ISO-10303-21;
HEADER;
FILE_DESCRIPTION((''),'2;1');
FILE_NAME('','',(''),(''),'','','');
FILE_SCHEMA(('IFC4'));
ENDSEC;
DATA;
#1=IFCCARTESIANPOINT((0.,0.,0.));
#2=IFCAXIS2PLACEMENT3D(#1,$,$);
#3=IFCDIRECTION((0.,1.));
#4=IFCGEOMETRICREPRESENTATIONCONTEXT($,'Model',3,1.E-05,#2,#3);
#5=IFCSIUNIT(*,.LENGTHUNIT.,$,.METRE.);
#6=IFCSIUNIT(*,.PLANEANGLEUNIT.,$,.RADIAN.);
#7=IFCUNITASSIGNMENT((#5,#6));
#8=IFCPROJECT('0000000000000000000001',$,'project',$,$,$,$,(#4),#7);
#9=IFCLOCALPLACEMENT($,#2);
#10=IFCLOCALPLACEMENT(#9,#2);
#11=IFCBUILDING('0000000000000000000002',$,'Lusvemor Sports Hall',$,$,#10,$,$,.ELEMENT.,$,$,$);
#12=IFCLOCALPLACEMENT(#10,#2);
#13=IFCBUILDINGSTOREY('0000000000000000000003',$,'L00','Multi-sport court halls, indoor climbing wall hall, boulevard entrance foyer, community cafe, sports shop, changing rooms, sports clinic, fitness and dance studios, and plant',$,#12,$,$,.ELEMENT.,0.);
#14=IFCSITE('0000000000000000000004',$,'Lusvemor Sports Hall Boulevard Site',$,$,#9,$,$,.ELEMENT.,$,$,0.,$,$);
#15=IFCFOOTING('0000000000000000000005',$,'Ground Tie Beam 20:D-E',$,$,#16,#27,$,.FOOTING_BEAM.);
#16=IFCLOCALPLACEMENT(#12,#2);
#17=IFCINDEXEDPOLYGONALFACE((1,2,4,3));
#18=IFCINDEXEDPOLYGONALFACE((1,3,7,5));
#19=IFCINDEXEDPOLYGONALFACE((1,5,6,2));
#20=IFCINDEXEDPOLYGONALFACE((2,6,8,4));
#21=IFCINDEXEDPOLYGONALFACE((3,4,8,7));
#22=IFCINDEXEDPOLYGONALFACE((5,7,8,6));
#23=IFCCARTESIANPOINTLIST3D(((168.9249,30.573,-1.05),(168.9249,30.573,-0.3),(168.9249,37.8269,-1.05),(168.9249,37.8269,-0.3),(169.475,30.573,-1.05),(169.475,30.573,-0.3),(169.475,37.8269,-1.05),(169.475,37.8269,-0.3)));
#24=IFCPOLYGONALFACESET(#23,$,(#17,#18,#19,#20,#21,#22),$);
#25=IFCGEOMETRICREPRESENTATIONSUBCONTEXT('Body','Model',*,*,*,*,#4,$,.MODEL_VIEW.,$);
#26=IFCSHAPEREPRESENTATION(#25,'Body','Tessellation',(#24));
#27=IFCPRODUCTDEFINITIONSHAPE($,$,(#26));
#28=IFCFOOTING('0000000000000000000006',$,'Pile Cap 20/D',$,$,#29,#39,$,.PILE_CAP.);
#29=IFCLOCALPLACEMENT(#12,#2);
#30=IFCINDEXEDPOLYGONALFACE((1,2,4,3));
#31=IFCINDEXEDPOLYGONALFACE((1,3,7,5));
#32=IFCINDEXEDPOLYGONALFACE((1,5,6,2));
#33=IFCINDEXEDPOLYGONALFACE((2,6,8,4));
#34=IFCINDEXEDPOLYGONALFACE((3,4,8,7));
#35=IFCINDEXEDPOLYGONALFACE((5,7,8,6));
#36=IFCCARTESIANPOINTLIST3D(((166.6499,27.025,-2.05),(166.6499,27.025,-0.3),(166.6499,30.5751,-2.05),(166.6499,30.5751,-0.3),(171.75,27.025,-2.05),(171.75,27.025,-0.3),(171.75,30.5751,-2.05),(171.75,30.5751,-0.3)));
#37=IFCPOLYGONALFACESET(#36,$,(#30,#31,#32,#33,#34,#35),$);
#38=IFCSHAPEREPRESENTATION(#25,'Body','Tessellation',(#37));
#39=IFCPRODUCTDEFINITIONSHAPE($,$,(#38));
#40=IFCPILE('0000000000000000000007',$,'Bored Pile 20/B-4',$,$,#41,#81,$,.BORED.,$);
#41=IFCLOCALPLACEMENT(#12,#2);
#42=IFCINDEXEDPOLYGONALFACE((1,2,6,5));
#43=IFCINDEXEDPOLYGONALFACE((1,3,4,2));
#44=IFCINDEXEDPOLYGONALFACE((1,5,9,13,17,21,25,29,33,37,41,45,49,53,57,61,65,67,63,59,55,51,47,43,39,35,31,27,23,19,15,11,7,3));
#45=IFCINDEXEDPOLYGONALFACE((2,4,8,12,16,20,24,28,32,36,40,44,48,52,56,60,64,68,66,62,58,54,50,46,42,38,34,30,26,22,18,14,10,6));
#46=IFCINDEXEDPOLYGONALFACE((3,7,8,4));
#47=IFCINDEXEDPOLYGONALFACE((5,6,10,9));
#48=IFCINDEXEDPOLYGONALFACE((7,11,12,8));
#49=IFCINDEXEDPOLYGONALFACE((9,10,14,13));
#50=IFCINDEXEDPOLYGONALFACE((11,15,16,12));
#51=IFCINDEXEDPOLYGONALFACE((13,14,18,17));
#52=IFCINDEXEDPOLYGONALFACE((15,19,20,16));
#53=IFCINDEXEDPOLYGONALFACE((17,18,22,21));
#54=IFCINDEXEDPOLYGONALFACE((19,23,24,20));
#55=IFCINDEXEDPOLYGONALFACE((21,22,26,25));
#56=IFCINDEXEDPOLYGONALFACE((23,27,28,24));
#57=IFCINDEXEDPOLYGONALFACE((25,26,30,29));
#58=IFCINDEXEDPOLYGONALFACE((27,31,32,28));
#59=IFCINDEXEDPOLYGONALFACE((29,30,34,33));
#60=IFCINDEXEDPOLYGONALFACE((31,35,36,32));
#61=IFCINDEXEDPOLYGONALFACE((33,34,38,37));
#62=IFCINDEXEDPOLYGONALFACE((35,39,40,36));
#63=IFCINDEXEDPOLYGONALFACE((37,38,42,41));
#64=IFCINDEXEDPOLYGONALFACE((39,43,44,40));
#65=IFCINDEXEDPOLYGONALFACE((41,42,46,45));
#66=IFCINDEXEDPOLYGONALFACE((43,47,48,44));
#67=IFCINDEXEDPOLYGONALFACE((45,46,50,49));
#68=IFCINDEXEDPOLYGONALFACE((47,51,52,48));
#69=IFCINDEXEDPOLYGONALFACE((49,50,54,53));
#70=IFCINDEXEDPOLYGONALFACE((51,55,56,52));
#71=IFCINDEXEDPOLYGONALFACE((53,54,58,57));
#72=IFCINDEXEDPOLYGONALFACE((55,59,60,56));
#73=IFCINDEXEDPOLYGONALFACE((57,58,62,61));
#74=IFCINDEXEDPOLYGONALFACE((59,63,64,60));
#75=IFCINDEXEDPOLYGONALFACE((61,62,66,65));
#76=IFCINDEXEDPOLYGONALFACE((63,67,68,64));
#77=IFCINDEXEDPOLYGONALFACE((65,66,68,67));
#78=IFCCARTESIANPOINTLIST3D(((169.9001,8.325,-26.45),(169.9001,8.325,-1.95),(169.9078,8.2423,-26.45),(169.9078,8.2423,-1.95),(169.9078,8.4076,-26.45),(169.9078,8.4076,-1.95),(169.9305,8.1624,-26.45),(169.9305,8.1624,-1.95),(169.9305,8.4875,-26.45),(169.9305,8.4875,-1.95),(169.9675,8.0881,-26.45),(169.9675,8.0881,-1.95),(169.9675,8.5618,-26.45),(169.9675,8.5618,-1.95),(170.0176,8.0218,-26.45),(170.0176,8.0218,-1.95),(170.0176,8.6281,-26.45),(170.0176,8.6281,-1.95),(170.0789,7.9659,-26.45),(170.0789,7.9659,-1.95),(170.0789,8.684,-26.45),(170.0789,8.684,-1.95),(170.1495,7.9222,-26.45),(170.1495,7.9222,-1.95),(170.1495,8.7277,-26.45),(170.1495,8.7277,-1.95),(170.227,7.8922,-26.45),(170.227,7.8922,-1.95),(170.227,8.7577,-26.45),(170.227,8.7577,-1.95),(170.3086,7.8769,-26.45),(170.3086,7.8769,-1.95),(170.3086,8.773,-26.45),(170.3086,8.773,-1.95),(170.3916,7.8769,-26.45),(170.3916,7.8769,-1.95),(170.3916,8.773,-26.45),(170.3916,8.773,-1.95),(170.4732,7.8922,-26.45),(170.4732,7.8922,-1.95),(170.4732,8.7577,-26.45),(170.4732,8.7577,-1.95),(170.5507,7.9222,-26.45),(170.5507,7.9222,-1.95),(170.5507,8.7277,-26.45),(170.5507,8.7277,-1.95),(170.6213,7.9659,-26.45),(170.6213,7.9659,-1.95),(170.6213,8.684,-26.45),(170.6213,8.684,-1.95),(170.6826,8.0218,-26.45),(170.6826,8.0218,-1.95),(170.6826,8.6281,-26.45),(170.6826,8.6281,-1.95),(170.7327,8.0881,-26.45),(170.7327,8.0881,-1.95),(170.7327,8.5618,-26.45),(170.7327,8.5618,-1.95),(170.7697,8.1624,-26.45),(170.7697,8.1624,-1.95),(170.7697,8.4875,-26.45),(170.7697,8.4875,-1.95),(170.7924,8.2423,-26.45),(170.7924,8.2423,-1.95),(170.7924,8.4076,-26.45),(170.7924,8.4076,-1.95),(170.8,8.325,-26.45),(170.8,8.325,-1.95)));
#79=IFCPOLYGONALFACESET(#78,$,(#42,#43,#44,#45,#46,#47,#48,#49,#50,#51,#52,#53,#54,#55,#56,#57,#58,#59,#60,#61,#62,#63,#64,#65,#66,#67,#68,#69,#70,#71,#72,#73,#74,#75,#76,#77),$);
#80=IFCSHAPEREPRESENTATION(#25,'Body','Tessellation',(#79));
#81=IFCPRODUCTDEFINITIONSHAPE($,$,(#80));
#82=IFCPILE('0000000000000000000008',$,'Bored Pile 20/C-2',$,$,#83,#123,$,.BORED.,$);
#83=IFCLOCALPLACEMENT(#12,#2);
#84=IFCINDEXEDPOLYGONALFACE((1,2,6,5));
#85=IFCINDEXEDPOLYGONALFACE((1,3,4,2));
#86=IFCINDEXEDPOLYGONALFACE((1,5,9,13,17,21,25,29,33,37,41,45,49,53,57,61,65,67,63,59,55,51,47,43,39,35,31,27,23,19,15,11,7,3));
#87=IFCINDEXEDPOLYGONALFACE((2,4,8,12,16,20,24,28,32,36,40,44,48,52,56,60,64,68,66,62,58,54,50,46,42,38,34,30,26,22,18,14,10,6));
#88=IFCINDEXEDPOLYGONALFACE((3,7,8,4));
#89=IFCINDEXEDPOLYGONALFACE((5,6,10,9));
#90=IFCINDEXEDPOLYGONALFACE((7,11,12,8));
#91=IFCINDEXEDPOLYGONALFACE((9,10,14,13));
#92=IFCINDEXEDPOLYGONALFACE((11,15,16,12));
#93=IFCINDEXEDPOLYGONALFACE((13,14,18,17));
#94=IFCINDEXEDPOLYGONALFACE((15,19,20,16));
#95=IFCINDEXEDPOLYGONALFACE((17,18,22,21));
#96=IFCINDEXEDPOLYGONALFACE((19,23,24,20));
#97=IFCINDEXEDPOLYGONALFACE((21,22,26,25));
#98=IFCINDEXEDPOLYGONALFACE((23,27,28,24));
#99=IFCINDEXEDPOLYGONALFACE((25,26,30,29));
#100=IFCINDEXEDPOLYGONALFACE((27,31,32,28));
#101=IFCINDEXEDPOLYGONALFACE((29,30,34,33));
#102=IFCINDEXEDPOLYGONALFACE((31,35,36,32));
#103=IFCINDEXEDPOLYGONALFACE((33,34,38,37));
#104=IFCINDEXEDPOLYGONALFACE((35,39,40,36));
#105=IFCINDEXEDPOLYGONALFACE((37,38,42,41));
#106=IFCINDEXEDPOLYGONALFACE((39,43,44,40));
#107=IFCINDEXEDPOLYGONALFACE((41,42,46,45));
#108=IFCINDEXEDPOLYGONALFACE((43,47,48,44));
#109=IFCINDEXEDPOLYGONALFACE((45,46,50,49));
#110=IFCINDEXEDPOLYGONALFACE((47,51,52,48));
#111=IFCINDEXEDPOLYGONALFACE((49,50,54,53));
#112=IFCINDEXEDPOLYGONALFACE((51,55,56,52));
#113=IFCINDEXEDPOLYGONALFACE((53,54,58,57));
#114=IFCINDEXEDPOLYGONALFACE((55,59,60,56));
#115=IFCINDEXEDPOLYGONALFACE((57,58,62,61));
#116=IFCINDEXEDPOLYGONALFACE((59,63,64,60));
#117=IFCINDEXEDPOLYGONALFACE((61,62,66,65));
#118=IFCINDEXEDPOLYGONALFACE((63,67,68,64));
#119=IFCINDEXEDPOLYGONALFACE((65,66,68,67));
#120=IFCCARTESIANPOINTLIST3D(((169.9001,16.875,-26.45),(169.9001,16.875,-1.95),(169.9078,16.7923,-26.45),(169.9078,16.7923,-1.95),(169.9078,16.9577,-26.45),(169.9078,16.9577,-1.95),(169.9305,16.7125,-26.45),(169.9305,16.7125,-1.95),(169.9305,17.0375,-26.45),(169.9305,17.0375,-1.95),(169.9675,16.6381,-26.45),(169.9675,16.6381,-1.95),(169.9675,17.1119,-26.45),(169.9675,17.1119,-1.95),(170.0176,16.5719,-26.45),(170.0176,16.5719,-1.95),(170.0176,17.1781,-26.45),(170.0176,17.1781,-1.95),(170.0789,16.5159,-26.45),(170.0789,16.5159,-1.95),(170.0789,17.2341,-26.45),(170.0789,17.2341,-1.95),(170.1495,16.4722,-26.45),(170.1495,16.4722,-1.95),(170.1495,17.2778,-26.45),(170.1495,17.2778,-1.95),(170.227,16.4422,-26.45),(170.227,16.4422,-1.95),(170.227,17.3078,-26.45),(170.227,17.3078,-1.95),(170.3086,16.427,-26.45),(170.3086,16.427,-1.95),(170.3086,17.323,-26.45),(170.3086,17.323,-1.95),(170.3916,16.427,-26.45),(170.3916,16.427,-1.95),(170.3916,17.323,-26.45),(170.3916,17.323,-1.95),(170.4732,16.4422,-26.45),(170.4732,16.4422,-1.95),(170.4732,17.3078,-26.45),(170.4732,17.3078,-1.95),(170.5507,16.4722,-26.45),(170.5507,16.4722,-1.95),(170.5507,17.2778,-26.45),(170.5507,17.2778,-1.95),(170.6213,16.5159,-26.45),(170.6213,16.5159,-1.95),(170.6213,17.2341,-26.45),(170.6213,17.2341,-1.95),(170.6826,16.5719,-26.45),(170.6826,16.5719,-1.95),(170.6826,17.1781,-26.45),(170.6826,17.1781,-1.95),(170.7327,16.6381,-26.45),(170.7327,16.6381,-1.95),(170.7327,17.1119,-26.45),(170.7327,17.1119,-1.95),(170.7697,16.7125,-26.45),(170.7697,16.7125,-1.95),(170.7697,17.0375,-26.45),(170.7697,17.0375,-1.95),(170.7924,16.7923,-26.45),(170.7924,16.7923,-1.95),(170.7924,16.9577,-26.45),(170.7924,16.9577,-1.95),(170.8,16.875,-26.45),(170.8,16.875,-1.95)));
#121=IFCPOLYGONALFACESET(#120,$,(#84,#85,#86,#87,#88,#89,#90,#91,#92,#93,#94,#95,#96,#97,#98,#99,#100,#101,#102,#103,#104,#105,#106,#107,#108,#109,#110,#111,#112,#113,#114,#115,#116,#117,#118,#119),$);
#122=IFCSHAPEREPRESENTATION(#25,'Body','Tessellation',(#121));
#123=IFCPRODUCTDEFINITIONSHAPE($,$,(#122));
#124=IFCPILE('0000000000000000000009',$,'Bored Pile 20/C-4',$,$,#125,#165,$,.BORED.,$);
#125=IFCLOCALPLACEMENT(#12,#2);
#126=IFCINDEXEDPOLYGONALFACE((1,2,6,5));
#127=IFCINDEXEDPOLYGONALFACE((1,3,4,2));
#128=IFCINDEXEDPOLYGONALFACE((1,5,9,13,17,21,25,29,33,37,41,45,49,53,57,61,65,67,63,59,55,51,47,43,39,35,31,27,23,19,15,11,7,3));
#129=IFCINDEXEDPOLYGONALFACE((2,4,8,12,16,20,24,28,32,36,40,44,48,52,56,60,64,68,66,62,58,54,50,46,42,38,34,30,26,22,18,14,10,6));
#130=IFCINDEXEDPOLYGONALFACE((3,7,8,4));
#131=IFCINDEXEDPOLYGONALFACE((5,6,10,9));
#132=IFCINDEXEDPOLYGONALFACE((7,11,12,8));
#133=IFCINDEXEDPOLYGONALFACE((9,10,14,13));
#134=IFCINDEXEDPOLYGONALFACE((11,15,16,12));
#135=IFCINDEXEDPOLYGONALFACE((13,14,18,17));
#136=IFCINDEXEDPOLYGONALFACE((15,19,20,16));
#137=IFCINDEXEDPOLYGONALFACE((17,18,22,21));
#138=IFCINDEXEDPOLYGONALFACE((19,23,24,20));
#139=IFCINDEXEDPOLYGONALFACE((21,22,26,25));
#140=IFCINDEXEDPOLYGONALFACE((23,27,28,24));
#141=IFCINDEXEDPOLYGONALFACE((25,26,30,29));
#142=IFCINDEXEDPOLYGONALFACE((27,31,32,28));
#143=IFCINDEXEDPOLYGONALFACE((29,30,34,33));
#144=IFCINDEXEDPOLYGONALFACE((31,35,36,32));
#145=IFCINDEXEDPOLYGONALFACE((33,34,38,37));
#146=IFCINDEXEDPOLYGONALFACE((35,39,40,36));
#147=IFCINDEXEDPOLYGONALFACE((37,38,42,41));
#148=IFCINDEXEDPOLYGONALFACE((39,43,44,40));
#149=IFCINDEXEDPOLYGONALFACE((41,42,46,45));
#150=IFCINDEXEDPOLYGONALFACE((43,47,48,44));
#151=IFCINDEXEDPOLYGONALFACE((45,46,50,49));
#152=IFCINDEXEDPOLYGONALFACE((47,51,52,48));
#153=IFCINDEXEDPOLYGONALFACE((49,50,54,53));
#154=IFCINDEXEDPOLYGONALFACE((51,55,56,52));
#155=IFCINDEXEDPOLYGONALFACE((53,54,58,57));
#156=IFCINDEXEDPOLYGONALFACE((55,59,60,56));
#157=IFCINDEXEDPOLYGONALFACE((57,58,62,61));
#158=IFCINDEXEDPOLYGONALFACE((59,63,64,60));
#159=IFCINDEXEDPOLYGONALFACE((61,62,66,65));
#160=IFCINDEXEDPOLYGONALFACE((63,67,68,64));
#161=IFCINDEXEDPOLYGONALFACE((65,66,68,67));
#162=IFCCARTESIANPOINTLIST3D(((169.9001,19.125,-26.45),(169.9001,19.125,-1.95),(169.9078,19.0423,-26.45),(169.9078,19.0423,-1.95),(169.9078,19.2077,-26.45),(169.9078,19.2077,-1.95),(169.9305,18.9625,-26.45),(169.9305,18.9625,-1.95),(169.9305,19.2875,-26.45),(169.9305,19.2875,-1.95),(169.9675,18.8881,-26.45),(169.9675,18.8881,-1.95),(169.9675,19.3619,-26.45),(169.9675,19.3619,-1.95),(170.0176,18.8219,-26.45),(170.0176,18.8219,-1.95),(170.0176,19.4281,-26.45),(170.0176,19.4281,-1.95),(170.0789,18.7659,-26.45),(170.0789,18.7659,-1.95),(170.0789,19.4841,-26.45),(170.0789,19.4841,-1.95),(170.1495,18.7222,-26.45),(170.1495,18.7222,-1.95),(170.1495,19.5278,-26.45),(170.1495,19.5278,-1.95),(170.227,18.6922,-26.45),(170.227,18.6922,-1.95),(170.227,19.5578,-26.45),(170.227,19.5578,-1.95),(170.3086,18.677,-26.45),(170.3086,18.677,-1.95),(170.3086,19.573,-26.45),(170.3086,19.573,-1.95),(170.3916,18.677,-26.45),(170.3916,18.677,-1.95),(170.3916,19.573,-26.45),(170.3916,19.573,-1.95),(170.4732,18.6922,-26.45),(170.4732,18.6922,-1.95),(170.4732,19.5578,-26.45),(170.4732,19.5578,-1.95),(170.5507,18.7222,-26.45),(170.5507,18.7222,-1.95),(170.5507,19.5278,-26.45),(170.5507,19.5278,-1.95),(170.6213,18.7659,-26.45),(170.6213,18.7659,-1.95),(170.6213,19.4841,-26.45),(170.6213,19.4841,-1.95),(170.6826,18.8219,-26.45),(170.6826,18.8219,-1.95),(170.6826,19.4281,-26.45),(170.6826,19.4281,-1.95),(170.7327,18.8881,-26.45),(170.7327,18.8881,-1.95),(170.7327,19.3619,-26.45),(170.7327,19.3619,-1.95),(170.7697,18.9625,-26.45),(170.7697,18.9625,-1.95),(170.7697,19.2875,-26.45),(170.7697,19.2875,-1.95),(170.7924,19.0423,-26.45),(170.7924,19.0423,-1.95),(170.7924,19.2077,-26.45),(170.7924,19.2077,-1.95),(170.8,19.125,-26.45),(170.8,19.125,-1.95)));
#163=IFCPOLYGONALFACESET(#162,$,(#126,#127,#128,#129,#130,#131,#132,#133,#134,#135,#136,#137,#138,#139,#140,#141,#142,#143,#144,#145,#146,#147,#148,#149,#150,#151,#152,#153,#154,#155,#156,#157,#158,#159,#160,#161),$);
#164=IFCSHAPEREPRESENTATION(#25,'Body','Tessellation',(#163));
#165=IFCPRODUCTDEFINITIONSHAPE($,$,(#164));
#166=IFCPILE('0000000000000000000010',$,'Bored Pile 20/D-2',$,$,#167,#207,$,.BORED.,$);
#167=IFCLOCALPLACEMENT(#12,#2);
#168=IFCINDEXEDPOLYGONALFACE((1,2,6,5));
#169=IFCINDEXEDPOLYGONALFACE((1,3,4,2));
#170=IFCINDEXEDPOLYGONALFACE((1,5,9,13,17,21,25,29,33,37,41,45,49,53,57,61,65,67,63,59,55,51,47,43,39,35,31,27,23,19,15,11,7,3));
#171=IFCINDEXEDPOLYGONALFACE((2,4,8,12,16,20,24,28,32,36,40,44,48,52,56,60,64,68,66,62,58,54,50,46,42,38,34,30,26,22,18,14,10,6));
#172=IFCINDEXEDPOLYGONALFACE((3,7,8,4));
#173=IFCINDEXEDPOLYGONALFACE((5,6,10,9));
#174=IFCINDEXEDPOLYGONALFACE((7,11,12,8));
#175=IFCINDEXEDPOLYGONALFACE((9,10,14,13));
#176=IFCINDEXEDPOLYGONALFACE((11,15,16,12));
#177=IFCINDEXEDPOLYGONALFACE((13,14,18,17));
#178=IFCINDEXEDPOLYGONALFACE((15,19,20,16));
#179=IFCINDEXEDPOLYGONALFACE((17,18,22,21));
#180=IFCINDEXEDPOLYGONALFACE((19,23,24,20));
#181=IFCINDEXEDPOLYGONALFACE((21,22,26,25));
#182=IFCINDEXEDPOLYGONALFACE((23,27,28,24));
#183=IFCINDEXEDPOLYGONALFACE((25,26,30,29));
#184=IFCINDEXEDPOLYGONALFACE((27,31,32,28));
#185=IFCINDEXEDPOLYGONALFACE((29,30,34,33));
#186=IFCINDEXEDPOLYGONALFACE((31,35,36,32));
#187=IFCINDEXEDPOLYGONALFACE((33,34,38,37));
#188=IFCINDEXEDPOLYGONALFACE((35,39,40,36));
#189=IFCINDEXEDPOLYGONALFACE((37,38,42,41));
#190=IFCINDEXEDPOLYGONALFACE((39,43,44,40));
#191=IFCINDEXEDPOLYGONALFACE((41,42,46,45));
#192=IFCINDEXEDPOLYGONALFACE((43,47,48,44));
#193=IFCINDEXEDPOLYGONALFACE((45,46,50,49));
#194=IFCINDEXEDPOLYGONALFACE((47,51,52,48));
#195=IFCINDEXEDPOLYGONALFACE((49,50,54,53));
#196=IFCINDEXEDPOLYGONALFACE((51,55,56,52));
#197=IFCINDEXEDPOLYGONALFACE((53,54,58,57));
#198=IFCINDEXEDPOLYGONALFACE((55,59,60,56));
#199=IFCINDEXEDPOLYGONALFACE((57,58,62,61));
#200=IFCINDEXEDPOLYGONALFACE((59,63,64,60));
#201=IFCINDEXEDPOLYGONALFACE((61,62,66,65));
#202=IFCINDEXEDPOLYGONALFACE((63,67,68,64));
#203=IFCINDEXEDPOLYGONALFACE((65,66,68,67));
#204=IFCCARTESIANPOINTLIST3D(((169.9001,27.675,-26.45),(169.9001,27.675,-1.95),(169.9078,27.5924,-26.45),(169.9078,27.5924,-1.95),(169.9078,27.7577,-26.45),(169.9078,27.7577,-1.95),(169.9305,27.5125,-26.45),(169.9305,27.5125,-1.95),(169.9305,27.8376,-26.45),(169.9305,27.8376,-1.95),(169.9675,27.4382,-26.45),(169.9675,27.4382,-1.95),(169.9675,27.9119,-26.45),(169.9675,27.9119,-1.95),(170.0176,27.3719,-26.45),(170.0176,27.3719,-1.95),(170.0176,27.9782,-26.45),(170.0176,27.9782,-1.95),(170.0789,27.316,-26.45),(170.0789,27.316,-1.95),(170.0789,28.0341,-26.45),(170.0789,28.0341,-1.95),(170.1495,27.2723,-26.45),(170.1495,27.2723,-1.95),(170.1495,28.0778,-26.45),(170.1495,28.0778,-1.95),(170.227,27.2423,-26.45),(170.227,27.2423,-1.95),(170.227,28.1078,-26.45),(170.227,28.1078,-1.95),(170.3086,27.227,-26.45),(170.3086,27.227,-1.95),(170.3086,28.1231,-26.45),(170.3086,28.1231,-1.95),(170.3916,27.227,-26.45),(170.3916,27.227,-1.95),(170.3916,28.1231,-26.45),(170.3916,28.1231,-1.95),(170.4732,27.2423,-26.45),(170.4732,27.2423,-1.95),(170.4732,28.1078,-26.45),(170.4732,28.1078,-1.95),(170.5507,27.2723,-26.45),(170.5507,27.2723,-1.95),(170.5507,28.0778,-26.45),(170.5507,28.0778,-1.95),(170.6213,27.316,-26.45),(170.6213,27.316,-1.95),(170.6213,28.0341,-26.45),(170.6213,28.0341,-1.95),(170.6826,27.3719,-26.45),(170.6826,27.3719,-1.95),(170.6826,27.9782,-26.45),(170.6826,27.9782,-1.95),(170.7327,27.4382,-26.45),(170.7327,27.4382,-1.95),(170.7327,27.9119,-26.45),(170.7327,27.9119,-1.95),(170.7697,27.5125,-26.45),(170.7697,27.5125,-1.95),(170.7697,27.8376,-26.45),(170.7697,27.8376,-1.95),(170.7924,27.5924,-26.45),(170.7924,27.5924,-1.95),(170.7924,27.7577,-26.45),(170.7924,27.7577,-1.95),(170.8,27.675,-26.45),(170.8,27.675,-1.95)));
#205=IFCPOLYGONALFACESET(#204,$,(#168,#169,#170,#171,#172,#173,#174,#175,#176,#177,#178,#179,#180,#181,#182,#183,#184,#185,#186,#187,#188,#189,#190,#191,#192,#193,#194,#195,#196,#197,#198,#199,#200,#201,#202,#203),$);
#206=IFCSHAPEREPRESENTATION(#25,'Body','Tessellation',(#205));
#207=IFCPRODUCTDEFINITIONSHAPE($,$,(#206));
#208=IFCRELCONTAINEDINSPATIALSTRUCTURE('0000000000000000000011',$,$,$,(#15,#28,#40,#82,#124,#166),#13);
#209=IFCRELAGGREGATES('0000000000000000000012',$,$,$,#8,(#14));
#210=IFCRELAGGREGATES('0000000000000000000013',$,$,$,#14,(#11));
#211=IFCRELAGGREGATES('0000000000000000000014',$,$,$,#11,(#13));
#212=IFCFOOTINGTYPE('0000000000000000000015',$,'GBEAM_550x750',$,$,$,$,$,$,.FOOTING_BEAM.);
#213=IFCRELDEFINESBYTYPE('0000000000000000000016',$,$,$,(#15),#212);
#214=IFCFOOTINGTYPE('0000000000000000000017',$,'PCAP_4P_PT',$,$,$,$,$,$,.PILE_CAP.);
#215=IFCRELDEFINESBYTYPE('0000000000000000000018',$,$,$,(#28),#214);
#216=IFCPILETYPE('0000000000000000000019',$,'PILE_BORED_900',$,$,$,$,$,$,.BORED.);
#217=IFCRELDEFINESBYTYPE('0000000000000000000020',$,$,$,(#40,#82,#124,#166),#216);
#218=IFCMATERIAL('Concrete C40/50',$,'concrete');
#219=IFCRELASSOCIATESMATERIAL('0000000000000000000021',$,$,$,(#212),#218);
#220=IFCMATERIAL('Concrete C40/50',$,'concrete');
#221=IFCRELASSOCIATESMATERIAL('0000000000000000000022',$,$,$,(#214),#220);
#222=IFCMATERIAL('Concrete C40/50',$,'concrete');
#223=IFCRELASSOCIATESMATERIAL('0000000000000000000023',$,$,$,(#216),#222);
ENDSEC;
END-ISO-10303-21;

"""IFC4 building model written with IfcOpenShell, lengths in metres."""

from ifc_helpers import new_model, si_unit, direction, frame, origin, origin_2d, place, context, subcontext, project, spatial, rectangle, circle, extrude, material, material_profile, profile_set, type_object, element, save


model = new_model("IFC4")

# Units and contexts
model_context = context("Model", 3, precision=1e-05, world=origin(), true_north=direction((0.0, 1.0)))
body_context = subcontext(model_context, "Body", "Model", "MODEL_VIEW")
ifc_project = project(units=[si_unit("LENGTHUNIT", "METRE"), si_unit("PLANEANGLEUNIT", "RADIAN")], contexts=[model_context])

# Site, building, storey
site_placement = place(None, origin())
site = spatial("IfcSite", under=ifc_project, at=site_placement, Name="Lusvemor Sports Hall Boulevard Site", CompositionType="ELEMENT", RefElevation=0.0)
building_placement = place(site_placement, origin())
building = spatial("IfcBuilding", under=site, at=building_placement, Name="Lusvemor Sports Hall", CompositionType="ELEMENT")
storey_placement = place(building_placement, origin())
storey = spatial("IfcBuildingStorey", under=building, at=storey_placement, Name="L00", Description="Multi-sport court halls, indoor climbing wall hall, boulevard entrance foyer, community cafe, sports shop, changing rooms, sports clinic, fitness and dance studios, and plant", CompositionType="ELEMENT", Elevation=0.0)

# Footings
ifc_material_1 = material(Name="Concrete C40/50", Category="concrete")
ifc_material_profile_1 = material_profile(ifc_material_1, rectangle(XDim=0.55, YDim=0.75, at=origin_2d()), Name="GB_550x750")
ifc_profile_set_1 = profile_set([ifc_material_profile_1], Name="Concrete C40/50")
footing_type_1 = type_object("IfcFootingType", Name="GBEAM_550x750", PredefinedType="FOOTING_BEAM", material=ifc_profile_set_1)
footing_1_placement = place(storey_placement, frame((169.2, 30.573, -0.675), z_axis=(0.0, 1.0, 0.0), x_axis=(-1.0, 0.0, 0.0)))
element("IfcFooting", 1, at=footing_1_placement, inside=storey, type_object=footing_type_1, Name="Ground Tie Beam 20:D-E", PredefinedType="FOOTING_BEAM", context=body_context, shape_type="SweptSolid", body=[
    extrude(rectangle(XDim=0.55, YDim=0.75, at=origin_2d()), origin(), (0.0, 0.0, 1.0), 7.2539),
])
ifc_material_2 = material(Name="Concrete C40/50", Category="concrete")
footing_type_2 = type_object("IfcFootingType", Name="PCAP_4P_PT", PredefinedType="PILE_CAP", material=ifc_material_2)
footing_2_placement = place(storey_placement, frame((169.2, 28.8, -2.05), z_axis=(0.0, 0.0, 1.0), x_axis=(1.0, 0.0, 0.0)))
element("IfcFooting", 2, at=footing_2_placement, inside=storey, type_object=footing_type_2, Name="Pile Cap 20/D", PredefinedType="PILE_CAP", context=body_context, shape_type="SweptSolid", body=[
    extrude(rectangle(XDim=5.1001, YDim=3.55, at=origin_2d()), origin(), (0.0, 0.0, 1.0), 1.75),
])

# Piles
ifc_material_3 = material(Name="Concrete C40/50", Category="concrete")
ifc_material_profile_2 = material_profile(ifc_material_3, circle(Radius=0.45, at=origin_2d()), Name="PILE900")
ifc_profile_set_2 = profile_set([ifc_material_profile_2], Name="Concrete C40/50")
pile_type = type_object("IfcPileType", Name="PILE_BORED_900", PredefinedType="BORED", material=ifc_profile_set_2)
for number, where, z_axis, x_axis, name in (
    (3, (170.3501, 8.325, -1.95), (0.0, 0.0, -1.0), (1.0, 0.0, 0.0), "Bored Pile 20/B-4"),
    (4, (170.3501, 16.875, -1.95), (0.0, 0.0, -1.0), (1.0, 0.0, 0.0), "Bored Pile 20/C-2"),
    (5, (170.3501, 19.125, -1.95), (0.0, 0.0, -1.0), (1.0, 0.0, 0.0), "Bored Pile 20/C-4"),
    (6, (170.3501, 27.675, -1.95), (0.0, 0.0, -1.0), (1.0, 0.0, 0.0), "Bored Pile 20/D-2"),
):
    element("IfcPile", number, at=place(storey_placement, frame(where, z_axis=z_axis, x_axis=x_axis)), inside=storey, type_object=pile_type, Name=name, PredefinedType="BORED", context=body_context, shape_type="SweptSolid", body=[
        extrude(circle(Radius=0.45, at=origin_2d()), origin(), (0.0, 0.0, 1.0), 24.5),
    ])

save(model, "model.ifc")
